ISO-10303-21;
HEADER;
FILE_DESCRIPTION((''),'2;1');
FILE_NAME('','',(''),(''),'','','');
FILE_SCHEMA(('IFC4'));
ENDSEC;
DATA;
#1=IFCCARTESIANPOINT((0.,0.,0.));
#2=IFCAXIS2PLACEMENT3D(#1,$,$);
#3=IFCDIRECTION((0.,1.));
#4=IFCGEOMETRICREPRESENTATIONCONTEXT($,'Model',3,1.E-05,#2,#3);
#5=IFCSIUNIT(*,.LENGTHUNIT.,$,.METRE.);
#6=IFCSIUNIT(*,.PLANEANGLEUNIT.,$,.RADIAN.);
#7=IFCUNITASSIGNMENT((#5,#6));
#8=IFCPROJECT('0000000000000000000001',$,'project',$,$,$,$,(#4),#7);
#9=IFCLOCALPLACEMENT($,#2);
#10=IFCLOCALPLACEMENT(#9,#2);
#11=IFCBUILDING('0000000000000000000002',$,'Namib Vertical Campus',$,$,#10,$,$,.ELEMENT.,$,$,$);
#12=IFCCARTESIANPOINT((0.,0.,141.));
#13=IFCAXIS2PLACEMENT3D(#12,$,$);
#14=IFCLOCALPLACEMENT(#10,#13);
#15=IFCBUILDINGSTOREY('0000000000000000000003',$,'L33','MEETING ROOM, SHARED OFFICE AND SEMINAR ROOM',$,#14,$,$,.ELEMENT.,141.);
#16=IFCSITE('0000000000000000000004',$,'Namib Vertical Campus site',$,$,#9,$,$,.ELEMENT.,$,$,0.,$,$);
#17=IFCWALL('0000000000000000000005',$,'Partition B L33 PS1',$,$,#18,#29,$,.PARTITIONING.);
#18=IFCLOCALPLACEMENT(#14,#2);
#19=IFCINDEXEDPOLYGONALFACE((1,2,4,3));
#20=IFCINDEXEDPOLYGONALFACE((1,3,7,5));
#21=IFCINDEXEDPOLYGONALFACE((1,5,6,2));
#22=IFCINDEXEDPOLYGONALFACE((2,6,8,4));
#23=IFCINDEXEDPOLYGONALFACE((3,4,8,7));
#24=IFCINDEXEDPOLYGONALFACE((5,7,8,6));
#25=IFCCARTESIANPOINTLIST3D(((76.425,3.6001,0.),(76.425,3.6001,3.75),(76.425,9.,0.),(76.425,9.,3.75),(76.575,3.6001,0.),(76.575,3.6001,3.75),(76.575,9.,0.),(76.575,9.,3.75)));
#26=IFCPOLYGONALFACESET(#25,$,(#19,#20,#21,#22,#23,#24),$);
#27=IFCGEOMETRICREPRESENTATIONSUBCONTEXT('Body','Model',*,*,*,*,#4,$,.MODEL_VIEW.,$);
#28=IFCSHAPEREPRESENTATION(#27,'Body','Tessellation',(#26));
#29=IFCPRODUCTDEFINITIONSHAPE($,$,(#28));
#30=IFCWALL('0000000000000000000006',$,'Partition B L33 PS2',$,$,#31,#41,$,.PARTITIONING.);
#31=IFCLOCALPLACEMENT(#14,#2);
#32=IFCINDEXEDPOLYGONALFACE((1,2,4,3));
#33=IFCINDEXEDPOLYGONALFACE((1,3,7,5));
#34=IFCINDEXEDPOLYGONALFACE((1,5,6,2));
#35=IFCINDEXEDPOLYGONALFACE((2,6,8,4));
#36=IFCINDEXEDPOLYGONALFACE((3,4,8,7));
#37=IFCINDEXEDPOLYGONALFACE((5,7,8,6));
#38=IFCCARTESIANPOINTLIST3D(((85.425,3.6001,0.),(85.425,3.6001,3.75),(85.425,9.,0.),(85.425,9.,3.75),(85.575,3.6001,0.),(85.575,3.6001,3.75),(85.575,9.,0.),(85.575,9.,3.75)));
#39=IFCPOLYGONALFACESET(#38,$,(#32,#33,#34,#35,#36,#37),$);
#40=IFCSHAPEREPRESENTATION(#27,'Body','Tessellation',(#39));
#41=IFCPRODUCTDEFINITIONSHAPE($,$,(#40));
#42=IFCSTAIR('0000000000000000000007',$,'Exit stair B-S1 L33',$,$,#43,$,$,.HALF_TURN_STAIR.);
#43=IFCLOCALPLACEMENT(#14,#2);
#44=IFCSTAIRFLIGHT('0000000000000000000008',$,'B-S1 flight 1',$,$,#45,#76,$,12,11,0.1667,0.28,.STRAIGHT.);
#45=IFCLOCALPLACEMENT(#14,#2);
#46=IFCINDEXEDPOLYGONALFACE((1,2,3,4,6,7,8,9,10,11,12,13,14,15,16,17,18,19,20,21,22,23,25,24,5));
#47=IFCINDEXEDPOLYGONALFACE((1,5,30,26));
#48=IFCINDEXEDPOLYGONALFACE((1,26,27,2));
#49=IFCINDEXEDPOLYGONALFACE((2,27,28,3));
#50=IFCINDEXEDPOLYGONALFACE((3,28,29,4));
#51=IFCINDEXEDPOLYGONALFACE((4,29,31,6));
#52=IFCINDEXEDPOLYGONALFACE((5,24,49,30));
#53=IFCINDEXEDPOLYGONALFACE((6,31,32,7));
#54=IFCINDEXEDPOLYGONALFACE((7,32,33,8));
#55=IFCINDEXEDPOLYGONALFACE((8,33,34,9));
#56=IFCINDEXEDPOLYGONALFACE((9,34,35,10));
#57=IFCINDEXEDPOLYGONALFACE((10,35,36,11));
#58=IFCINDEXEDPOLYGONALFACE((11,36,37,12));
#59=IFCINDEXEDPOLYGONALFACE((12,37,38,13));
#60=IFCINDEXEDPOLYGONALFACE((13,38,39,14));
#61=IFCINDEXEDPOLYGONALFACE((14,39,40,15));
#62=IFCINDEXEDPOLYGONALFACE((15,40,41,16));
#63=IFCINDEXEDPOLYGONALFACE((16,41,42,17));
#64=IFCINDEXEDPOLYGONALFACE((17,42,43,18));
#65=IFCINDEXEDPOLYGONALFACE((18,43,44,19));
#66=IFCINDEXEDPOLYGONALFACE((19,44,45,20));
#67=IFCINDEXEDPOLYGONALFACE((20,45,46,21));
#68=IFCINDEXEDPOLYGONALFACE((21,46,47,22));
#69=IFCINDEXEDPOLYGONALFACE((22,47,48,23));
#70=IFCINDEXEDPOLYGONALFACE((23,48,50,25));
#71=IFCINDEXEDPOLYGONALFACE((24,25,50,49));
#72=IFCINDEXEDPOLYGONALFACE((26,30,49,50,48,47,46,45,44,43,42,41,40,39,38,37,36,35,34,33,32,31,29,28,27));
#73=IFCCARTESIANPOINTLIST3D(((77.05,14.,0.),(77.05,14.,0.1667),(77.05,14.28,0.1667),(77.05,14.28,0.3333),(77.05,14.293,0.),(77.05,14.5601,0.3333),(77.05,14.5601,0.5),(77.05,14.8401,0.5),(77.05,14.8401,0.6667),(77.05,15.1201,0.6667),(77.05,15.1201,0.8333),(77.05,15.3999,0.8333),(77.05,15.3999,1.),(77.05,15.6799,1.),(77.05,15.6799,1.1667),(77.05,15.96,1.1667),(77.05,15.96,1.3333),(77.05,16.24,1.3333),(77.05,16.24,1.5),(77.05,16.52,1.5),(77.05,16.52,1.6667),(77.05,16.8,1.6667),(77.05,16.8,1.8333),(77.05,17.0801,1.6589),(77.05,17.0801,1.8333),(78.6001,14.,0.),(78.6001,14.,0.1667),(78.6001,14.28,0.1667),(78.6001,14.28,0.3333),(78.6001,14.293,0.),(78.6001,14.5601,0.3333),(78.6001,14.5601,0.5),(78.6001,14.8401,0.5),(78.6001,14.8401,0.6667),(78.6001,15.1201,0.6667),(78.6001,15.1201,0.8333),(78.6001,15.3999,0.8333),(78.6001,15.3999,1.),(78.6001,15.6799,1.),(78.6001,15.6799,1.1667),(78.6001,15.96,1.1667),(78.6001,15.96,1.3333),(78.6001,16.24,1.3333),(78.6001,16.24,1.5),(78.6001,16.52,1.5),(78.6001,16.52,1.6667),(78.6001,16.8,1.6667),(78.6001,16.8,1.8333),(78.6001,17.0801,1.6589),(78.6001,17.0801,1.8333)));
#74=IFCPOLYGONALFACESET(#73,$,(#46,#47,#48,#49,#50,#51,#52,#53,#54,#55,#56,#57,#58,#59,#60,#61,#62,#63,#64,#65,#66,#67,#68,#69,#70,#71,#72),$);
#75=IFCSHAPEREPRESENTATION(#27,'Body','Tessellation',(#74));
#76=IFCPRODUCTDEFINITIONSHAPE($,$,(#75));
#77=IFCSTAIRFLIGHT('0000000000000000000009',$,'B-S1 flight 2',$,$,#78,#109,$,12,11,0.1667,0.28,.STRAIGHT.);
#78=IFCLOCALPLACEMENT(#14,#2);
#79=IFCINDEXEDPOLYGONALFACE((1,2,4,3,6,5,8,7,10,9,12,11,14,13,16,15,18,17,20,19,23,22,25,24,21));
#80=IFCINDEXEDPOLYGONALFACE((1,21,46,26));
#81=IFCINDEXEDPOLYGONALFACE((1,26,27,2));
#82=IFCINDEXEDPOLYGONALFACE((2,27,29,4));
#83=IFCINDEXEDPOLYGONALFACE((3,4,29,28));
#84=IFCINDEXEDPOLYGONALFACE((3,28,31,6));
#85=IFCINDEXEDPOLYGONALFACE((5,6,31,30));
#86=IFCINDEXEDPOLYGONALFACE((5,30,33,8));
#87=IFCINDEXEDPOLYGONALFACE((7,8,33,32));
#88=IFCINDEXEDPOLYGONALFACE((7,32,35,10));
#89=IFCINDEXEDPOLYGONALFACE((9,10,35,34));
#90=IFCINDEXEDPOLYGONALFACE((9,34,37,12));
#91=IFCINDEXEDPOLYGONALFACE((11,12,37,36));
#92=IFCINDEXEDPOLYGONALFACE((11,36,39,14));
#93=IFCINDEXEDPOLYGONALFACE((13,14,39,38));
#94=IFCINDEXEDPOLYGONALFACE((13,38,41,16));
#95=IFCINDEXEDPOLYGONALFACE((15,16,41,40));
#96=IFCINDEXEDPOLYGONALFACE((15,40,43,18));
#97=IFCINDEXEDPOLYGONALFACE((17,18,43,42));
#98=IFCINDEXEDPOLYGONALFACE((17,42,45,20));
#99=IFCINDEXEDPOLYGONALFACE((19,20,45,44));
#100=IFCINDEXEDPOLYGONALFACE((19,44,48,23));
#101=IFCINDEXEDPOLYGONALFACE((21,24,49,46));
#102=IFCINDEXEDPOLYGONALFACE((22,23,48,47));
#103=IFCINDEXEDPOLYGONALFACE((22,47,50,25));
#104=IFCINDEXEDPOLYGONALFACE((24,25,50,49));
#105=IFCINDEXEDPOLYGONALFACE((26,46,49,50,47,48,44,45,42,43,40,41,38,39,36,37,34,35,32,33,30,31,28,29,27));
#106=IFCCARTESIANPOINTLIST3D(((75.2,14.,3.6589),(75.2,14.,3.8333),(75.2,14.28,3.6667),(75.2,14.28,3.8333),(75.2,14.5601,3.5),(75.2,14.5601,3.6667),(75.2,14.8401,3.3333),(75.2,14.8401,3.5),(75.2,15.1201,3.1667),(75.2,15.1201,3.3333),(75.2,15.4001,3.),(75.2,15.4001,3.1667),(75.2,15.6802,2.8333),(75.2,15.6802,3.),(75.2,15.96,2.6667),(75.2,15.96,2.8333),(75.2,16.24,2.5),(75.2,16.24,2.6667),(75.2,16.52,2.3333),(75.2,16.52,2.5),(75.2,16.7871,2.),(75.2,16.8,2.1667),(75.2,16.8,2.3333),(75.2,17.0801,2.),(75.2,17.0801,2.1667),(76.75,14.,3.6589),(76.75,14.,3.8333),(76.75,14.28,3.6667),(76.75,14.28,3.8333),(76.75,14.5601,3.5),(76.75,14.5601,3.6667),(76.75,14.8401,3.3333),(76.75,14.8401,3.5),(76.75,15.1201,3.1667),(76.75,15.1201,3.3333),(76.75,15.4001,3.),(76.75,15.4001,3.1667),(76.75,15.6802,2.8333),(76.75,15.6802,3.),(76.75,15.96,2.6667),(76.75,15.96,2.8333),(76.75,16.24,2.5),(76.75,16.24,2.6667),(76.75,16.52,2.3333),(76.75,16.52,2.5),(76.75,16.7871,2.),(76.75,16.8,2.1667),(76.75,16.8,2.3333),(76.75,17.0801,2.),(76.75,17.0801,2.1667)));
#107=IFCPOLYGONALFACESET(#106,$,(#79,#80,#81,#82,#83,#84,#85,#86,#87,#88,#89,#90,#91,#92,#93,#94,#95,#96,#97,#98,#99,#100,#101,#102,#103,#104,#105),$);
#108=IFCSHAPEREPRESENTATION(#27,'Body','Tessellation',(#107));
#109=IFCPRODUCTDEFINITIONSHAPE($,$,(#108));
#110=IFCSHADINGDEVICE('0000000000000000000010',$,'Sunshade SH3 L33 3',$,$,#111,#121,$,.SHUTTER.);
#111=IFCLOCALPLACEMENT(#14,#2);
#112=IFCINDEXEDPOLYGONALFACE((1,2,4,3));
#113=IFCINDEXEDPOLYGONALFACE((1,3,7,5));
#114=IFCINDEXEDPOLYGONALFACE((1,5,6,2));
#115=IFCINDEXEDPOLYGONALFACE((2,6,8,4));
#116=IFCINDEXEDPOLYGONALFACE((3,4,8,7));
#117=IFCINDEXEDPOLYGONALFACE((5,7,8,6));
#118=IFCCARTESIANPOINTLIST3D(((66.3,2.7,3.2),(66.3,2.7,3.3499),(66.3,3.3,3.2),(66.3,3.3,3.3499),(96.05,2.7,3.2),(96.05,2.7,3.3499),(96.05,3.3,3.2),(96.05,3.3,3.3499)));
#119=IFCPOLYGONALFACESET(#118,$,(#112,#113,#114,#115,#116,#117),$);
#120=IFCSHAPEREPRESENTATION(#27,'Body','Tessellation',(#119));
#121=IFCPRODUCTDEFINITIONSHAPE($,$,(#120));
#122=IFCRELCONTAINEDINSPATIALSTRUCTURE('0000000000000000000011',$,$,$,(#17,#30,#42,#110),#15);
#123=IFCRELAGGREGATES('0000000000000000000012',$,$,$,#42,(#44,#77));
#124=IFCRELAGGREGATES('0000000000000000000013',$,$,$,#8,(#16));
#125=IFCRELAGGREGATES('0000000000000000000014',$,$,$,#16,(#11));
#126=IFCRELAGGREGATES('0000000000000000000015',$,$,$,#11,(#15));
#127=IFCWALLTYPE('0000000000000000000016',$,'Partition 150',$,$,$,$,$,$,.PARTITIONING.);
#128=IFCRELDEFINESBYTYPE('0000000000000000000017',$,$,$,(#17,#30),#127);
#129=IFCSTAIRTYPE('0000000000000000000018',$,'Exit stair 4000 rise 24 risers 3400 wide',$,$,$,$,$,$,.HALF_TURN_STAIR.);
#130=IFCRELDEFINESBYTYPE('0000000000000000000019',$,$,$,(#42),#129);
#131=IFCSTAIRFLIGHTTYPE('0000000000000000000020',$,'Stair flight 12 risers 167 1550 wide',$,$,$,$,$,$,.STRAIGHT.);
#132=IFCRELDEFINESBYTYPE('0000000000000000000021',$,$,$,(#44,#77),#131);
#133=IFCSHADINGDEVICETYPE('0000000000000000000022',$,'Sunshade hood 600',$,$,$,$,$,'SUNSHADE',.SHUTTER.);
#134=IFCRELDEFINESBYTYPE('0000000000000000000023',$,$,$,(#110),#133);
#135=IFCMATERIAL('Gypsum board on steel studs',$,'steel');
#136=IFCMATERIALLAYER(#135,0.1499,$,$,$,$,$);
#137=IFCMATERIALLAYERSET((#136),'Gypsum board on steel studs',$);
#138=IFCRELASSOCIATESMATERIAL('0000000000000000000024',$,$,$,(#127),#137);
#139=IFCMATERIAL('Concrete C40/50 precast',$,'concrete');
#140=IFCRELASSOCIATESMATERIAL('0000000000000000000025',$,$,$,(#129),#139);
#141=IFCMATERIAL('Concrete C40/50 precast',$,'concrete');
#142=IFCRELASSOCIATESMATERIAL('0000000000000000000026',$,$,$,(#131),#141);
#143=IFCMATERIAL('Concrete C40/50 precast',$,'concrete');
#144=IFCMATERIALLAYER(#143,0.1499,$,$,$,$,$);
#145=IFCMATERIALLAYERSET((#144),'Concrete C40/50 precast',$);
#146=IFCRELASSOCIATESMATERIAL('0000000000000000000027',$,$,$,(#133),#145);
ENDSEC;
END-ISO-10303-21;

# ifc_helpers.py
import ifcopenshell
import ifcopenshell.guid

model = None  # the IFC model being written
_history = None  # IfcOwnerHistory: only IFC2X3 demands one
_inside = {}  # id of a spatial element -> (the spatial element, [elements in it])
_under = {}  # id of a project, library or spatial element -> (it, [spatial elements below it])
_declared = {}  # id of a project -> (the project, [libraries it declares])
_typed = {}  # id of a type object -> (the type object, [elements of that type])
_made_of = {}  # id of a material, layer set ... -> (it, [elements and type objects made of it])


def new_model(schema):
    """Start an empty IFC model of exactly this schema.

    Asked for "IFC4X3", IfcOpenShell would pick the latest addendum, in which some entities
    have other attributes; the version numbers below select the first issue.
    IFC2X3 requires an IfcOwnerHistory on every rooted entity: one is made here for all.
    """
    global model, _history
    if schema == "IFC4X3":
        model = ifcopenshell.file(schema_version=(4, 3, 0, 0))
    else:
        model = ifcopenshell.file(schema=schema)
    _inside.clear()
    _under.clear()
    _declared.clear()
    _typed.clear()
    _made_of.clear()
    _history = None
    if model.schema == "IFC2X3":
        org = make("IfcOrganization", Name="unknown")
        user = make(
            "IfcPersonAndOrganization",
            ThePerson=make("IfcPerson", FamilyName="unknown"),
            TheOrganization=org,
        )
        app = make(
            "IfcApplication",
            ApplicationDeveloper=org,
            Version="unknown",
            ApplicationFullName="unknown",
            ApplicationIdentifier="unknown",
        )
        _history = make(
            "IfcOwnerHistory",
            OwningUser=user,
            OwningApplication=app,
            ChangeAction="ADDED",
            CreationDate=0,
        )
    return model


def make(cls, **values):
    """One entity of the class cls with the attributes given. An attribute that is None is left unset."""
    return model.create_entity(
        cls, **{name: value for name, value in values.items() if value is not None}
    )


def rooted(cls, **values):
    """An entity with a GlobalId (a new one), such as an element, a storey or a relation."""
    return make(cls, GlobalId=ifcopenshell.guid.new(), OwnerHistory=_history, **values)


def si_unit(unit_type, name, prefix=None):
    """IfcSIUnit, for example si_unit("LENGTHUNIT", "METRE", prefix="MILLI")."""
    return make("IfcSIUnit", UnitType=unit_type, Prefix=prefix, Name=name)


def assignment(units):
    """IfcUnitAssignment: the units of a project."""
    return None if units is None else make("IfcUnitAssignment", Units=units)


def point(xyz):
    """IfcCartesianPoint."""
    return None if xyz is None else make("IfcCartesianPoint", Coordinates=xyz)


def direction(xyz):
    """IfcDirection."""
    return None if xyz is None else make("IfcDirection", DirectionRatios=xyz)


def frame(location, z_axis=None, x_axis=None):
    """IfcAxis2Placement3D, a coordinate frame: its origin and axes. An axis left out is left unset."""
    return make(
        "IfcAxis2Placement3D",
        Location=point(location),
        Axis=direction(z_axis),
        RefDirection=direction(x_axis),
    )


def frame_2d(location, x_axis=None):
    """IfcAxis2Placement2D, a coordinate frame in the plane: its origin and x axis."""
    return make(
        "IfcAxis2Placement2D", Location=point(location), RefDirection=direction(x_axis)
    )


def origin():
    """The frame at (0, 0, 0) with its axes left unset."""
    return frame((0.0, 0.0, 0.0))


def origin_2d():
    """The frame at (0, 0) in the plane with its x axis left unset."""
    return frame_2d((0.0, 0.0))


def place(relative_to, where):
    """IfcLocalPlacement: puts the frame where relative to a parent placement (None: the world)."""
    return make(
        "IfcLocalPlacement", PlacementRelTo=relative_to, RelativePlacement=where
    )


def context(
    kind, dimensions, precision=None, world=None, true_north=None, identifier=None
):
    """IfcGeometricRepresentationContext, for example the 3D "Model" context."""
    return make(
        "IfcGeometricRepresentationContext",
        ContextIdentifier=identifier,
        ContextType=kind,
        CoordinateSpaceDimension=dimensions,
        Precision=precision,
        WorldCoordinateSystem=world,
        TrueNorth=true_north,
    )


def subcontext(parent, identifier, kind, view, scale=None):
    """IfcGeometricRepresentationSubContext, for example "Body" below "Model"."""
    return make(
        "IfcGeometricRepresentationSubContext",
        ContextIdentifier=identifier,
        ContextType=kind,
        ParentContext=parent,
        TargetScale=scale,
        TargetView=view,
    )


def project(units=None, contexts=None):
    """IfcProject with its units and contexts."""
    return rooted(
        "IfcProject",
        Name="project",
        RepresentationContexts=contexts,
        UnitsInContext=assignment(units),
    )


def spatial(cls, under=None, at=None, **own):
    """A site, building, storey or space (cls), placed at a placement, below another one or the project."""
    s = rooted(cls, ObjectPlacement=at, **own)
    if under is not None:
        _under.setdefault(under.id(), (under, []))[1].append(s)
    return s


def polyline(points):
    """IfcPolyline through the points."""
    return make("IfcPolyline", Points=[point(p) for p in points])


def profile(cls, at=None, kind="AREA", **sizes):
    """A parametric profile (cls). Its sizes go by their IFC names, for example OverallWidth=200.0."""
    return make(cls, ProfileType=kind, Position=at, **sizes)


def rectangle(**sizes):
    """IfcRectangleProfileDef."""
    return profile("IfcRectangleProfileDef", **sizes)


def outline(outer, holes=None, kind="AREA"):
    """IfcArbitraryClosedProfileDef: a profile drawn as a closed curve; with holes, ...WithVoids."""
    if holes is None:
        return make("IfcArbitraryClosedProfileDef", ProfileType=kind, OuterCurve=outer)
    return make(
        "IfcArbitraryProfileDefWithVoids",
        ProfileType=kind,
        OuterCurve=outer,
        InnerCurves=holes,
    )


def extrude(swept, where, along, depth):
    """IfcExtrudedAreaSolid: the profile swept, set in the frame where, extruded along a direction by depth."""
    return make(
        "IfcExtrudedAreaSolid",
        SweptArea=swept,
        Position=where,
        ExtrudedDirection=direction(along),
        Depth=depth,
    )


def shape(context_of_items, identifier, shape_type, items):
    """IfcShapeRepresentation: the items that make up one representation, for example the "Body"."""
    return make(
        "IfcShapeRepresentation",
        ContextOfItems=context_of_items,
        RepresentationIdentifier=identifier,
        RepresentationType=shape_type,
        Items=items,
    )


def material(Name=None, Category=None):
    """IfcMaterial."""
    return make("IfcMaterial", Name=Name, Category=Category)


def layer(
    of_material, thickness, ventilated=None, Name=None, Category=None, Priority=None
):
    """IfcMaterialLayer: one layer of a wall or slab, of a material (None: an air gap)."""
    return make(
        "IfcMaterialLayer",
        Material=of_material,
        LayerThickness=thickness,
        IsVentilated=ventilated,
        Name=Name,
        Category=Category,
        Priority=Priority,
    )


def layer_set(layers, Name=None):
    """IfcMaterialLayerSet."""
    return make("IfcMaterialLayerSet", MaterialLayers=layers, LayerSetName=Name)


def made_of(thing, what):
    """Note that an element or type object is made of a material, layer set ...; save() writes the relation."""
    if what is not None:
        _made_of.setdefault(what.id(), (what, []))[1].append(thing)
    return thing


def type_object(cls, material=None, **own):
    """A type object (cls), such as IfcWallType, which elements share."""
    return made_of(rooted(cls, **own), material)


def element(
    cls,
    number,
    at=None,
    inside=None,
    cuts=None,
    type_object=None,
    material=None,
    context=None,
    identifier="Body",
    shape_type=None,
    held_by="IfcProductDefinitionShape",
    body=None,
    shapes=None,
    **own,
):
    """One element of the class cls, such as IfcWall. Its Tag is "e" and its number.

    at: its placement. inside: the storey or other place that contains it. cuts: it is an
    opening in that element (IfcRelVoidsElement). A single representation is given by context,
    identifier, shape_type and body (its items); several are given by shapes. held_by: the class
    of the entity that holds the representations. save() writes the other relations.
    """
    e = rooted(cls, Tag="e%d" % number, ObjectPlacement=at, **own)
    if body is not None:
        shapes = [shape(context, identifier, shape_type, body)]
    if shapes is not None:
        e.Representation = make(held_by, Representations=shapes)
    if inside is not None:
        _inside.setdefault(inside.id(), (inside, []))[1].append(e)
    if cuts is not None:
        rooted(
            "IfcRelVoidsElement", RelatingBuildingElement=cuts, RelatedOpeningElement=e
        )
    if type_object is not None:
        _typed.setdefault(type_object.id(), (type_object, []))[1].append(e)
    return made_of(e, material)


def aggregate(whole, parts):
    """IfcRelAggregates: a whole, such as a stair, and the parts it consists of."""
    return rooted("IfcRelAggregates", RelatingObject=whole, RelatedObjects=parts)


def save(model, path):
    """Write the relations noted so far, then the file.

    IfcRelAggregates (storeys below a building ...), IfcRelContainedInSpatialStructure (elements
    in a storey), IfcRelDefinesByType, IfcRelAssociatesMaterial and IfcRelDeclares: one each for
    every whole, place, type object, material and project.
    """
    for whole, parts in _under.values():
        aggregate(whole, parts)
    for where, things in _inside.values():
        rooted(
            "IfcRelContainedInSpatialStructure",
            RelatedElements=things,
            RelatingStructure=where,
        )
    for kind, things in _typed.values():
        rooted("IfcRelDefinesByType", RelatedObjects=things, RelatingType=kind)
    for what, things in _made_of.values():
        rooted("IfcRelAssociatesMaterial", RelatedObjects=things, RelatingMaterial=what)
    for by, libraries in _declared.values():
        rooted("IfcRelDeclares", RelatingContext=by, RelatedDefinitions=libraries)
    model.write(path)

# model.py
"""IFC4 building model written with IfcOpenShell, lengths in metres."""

from ifc_helpers import new_model, si_unit, direction, frame, frame_2d, origin, origin_2d, place, context, subcontext, project, spatial, polyline, rectangle, outline, extrude, material, layer, layer_set, type_object, element, aggregate, save


model = new_model("IFC4")

# Units and contexts
model_context = context("Model", 3, precision=1e-05, world=origin(), true_north=direction((0.0, 1.0)))
body_context = subcontext(model_context, "Body", "Model", "MODEL_VIEW")
ifc_project = project(units=[si_unit("LENGTHUNIT", "METRE"), si_unit("PLANEANGLEUNIT", "RADIAN")], contexts=[model_context])

# Site, building, storey
site_placement = place(None, origin())
site = spatial("IfcSite", under=ifc_project, at=site_placement, Name="Namib Vertical Campus site", CompositionType="ELEMENT", RefElevation=0.0)
building_placement = place(site_placement, origin())
building = spatial("IfcBuilding", under=site, at=building_placement, Name="Namib Vertical Campus", CompositionType="ELEMENT")
storey_placement = place(building_placement, frame((0.0, 0.0, 141.0)))
storey = spatial("IfcBuildingStorey", under=building, at=storey_placement, Name="L33", Description="MEETING ROOM, SHARED OFFICE AND SEMINAR ROOM", CompositionType="ELEMENT", Elevation=141.0)

# Walls
ifc_material_1 = material(Name="Gypsum board on steel studs", Category="steel")
ifc_layer_1 = layer(ifc_material_1, 0.1499)
ifc_layer_set_1 = layer_set([ifc_layer_1], Name="Gypsum board on steel studs")
wall_type_1 = type_object("IfcWallType", Name="Partition 150", PredefinedType="PARTITIONING", material=ifc_layer_set_1)
for number, where, z_axis, x_axis, name in (
    (1, (76.5, 3.6001, 0.0), (0.0, 0.0, 1.0), (0.0, 1.0, 0.0), "Partition B L33 PS1"),
    (2, (85.5, 3.6001, 0.0), (0.0, 0.0, 1.0), (0.0, 1.0, 0.0), "Partition B L33 PS2"),
):
    element("IfcWall", number, at=place(storey_placement, frame(where, z_axis=z_axis, x_axis=x_axis)), inside=storey, type_object=wall_type_1, Name=name, PredefinedType="PARTITIONING", context=body_context, shape_type="SweptSolid", body=[
        extrude(rectangle(XDim=5.3999, YDim=0.1499, at=frame_2d((2.7, 0.0))), origin(), (0.0, 0.0, 1.0), 3.75),
    ])

# Stair, stair flights
ifc_material_2 = material(Name="Concrete C40/50 precast", Category="concrete")
stair_type = type_object("IfcStairType", Name="Exit stair 4000 rise 24 risers 3400 wide", PredefinedType="HALF_TURN_STAIR", material=ifc_material_2)
stair_placement = place(storey_placement, origin())
stair = element("IfcStair", 3, at=stair_placement, inside=storey, type_object=stair_type, Name="Exit stair B-S1 L33", PredefinedType="HALF_TURN_STAIR")
ifc_material_3 = material(Name="Concrete C40/50 precast", Category="concrete")
stair_flight_type = type_object("IfcStairFlightType", Name="Stair flight 12 risers 167 1550 wide", PredefinedType="STRAIGHT", material=ifc_material_3)
stair_flight_1_placement = place(storey_placement, frame((77.825, 14.0, 0.0), z_axis=(0.0, 0.0, 1.0), x_axis=(0.0, 1.0, 0.0)))
stair_flight_1 = element("IfcStairFlight", 4, at=stair_flight_1_placement, type_object=stair_flight_type, Name="B-S1 flight 1", NumberOfRisers=12, NumberOfTreads=11, PredefinedType="STRAIGHT", RiserHeight=0.1667, TreadLength=0.28, context=body_context, shape_type="SweptSolid", body=[
    extrude(outline(polyline([(0.0, 0.0), (0.0, 0.1667), (0.28, 0.1667), (0.28, 0.3333), (0.5601, 0.3333), (0.5601, 0.5), (0.8401, 0.5), (0.8401, 0.6667), (1.1201, 0.6667), (1.1201, 0.8333), (1.3999, 0.8333), (1.3999, 1.0), (1.6799, 1.0), (1.6799, 1.1667), (1.96, 1.1667), (1.96, 1.3333), (2.24, 1.3333), (2.24, 1.5), (2.52, 1.5), (2.52, 1.6667), (2.8, 1.6667), (2.8, 1.8333), (3.0801, 1.8333), (3.0801, 2.0), (3.0801, 1.6589), (0.293, 0.0), (0.0, 0.0)])), frame((0.0, 0.7749, 0.0), z_axis=(0.0, -1.0, 0.0), x_axis=(1.0, 0.0, 0.0)), (0.0, 0.0, 1.0), 1.55),
])
stair_flight_2_placement = place(storey_placement, frame((75.9751, 17.0801, 2.0), z_axis=(0.0, 0.0, 1.0), x_axis=(0.0, -1.0, 0.0)))
stair_flight_2 = element("IfcStairFlight", 5, at=stair_flight_2_placement, type_object=stair_flight_type, Name="B-S1 flight 2", NumberOfRisers=12, NumberOfTreads=11, PredefinedType="STRAIGHT", RiserHeight=0.1667, TreadLength=0.28, context=body_context, shape_type="SweptSolid", body=[
    extrude(outline(polyline([(0.0, 0.0), (0.0, 0.1667), (0.28, 0.1667), (0.28, 0.3333), (0.5601, 0.3333), (0.5601, 0.5), (0.8401, 0.5), (0.8401, 0.6667), (1.1201, 0.6667), (1.1201, 0.8333), (1.3999, 0.8333), (1.3999, 1.0), (1.6799, 1.0), (1.6799, 1.1667), (1.96, 1.1667), (1.96, 1.3333), (2.24, 1.3333), (2.24, 1.5), (2.52, 1.5), (2.52, 1.6667), (2.8, 1.6667), (2.8, 1.8333), (3.0801, 1.8333), (3.0801, 2.0), (3.0801, 1.6589), (0.293, 0.0), (0.0, 0.0)])), frame((0.0, 0.7749, 0.0), z_axis=(0.0, -1.0, 0.0), x_axis=(1.0, 0.0, 0.0)), (0.0, 0.0, 1.0), 1.55),
])
aggregate(stair, [stair_flight_1, stair_flight_2])

# Shading device
ifc_material_4 = material(Name="Concrete C40/50 precast", Category="concrete")
ifc_layer_2 = layer(ifc_material_4, 0.1499)
ifc_layer_set_2 = layer_set([ifc_layer_2], Name="Concrete C40/50 precast")
shading_device_type = type_object("IfcShadingDeviceType", Name="Sunshade hood 600", ElementType="SUNSHADE", PredefinedType="SHUTTER", material=ifc_layer_set_2)
shading_device_placement = place(storey_placement, frame((81.175, 3.0, 3.2), z_axis=(0.0, 0.0, 1.0), x_axis=(1.0, 0.0, 0.0)))
element("IfcShadingDevice", 6, at=shading_device_placement, inside=storey, type_object=shading_device_type, Name="Sunshade SH3 L33 3", PredefinedType="SHUTTER", context=body_context, shape_type="SweptSolid", body=[
    extrude(rectangle(XDim=29.75, YDim=0.6001, at=origin_2d()), origin(), (0.0, 0.0, 1.0), 0.1499),
])

save(model, "model.ifc")
